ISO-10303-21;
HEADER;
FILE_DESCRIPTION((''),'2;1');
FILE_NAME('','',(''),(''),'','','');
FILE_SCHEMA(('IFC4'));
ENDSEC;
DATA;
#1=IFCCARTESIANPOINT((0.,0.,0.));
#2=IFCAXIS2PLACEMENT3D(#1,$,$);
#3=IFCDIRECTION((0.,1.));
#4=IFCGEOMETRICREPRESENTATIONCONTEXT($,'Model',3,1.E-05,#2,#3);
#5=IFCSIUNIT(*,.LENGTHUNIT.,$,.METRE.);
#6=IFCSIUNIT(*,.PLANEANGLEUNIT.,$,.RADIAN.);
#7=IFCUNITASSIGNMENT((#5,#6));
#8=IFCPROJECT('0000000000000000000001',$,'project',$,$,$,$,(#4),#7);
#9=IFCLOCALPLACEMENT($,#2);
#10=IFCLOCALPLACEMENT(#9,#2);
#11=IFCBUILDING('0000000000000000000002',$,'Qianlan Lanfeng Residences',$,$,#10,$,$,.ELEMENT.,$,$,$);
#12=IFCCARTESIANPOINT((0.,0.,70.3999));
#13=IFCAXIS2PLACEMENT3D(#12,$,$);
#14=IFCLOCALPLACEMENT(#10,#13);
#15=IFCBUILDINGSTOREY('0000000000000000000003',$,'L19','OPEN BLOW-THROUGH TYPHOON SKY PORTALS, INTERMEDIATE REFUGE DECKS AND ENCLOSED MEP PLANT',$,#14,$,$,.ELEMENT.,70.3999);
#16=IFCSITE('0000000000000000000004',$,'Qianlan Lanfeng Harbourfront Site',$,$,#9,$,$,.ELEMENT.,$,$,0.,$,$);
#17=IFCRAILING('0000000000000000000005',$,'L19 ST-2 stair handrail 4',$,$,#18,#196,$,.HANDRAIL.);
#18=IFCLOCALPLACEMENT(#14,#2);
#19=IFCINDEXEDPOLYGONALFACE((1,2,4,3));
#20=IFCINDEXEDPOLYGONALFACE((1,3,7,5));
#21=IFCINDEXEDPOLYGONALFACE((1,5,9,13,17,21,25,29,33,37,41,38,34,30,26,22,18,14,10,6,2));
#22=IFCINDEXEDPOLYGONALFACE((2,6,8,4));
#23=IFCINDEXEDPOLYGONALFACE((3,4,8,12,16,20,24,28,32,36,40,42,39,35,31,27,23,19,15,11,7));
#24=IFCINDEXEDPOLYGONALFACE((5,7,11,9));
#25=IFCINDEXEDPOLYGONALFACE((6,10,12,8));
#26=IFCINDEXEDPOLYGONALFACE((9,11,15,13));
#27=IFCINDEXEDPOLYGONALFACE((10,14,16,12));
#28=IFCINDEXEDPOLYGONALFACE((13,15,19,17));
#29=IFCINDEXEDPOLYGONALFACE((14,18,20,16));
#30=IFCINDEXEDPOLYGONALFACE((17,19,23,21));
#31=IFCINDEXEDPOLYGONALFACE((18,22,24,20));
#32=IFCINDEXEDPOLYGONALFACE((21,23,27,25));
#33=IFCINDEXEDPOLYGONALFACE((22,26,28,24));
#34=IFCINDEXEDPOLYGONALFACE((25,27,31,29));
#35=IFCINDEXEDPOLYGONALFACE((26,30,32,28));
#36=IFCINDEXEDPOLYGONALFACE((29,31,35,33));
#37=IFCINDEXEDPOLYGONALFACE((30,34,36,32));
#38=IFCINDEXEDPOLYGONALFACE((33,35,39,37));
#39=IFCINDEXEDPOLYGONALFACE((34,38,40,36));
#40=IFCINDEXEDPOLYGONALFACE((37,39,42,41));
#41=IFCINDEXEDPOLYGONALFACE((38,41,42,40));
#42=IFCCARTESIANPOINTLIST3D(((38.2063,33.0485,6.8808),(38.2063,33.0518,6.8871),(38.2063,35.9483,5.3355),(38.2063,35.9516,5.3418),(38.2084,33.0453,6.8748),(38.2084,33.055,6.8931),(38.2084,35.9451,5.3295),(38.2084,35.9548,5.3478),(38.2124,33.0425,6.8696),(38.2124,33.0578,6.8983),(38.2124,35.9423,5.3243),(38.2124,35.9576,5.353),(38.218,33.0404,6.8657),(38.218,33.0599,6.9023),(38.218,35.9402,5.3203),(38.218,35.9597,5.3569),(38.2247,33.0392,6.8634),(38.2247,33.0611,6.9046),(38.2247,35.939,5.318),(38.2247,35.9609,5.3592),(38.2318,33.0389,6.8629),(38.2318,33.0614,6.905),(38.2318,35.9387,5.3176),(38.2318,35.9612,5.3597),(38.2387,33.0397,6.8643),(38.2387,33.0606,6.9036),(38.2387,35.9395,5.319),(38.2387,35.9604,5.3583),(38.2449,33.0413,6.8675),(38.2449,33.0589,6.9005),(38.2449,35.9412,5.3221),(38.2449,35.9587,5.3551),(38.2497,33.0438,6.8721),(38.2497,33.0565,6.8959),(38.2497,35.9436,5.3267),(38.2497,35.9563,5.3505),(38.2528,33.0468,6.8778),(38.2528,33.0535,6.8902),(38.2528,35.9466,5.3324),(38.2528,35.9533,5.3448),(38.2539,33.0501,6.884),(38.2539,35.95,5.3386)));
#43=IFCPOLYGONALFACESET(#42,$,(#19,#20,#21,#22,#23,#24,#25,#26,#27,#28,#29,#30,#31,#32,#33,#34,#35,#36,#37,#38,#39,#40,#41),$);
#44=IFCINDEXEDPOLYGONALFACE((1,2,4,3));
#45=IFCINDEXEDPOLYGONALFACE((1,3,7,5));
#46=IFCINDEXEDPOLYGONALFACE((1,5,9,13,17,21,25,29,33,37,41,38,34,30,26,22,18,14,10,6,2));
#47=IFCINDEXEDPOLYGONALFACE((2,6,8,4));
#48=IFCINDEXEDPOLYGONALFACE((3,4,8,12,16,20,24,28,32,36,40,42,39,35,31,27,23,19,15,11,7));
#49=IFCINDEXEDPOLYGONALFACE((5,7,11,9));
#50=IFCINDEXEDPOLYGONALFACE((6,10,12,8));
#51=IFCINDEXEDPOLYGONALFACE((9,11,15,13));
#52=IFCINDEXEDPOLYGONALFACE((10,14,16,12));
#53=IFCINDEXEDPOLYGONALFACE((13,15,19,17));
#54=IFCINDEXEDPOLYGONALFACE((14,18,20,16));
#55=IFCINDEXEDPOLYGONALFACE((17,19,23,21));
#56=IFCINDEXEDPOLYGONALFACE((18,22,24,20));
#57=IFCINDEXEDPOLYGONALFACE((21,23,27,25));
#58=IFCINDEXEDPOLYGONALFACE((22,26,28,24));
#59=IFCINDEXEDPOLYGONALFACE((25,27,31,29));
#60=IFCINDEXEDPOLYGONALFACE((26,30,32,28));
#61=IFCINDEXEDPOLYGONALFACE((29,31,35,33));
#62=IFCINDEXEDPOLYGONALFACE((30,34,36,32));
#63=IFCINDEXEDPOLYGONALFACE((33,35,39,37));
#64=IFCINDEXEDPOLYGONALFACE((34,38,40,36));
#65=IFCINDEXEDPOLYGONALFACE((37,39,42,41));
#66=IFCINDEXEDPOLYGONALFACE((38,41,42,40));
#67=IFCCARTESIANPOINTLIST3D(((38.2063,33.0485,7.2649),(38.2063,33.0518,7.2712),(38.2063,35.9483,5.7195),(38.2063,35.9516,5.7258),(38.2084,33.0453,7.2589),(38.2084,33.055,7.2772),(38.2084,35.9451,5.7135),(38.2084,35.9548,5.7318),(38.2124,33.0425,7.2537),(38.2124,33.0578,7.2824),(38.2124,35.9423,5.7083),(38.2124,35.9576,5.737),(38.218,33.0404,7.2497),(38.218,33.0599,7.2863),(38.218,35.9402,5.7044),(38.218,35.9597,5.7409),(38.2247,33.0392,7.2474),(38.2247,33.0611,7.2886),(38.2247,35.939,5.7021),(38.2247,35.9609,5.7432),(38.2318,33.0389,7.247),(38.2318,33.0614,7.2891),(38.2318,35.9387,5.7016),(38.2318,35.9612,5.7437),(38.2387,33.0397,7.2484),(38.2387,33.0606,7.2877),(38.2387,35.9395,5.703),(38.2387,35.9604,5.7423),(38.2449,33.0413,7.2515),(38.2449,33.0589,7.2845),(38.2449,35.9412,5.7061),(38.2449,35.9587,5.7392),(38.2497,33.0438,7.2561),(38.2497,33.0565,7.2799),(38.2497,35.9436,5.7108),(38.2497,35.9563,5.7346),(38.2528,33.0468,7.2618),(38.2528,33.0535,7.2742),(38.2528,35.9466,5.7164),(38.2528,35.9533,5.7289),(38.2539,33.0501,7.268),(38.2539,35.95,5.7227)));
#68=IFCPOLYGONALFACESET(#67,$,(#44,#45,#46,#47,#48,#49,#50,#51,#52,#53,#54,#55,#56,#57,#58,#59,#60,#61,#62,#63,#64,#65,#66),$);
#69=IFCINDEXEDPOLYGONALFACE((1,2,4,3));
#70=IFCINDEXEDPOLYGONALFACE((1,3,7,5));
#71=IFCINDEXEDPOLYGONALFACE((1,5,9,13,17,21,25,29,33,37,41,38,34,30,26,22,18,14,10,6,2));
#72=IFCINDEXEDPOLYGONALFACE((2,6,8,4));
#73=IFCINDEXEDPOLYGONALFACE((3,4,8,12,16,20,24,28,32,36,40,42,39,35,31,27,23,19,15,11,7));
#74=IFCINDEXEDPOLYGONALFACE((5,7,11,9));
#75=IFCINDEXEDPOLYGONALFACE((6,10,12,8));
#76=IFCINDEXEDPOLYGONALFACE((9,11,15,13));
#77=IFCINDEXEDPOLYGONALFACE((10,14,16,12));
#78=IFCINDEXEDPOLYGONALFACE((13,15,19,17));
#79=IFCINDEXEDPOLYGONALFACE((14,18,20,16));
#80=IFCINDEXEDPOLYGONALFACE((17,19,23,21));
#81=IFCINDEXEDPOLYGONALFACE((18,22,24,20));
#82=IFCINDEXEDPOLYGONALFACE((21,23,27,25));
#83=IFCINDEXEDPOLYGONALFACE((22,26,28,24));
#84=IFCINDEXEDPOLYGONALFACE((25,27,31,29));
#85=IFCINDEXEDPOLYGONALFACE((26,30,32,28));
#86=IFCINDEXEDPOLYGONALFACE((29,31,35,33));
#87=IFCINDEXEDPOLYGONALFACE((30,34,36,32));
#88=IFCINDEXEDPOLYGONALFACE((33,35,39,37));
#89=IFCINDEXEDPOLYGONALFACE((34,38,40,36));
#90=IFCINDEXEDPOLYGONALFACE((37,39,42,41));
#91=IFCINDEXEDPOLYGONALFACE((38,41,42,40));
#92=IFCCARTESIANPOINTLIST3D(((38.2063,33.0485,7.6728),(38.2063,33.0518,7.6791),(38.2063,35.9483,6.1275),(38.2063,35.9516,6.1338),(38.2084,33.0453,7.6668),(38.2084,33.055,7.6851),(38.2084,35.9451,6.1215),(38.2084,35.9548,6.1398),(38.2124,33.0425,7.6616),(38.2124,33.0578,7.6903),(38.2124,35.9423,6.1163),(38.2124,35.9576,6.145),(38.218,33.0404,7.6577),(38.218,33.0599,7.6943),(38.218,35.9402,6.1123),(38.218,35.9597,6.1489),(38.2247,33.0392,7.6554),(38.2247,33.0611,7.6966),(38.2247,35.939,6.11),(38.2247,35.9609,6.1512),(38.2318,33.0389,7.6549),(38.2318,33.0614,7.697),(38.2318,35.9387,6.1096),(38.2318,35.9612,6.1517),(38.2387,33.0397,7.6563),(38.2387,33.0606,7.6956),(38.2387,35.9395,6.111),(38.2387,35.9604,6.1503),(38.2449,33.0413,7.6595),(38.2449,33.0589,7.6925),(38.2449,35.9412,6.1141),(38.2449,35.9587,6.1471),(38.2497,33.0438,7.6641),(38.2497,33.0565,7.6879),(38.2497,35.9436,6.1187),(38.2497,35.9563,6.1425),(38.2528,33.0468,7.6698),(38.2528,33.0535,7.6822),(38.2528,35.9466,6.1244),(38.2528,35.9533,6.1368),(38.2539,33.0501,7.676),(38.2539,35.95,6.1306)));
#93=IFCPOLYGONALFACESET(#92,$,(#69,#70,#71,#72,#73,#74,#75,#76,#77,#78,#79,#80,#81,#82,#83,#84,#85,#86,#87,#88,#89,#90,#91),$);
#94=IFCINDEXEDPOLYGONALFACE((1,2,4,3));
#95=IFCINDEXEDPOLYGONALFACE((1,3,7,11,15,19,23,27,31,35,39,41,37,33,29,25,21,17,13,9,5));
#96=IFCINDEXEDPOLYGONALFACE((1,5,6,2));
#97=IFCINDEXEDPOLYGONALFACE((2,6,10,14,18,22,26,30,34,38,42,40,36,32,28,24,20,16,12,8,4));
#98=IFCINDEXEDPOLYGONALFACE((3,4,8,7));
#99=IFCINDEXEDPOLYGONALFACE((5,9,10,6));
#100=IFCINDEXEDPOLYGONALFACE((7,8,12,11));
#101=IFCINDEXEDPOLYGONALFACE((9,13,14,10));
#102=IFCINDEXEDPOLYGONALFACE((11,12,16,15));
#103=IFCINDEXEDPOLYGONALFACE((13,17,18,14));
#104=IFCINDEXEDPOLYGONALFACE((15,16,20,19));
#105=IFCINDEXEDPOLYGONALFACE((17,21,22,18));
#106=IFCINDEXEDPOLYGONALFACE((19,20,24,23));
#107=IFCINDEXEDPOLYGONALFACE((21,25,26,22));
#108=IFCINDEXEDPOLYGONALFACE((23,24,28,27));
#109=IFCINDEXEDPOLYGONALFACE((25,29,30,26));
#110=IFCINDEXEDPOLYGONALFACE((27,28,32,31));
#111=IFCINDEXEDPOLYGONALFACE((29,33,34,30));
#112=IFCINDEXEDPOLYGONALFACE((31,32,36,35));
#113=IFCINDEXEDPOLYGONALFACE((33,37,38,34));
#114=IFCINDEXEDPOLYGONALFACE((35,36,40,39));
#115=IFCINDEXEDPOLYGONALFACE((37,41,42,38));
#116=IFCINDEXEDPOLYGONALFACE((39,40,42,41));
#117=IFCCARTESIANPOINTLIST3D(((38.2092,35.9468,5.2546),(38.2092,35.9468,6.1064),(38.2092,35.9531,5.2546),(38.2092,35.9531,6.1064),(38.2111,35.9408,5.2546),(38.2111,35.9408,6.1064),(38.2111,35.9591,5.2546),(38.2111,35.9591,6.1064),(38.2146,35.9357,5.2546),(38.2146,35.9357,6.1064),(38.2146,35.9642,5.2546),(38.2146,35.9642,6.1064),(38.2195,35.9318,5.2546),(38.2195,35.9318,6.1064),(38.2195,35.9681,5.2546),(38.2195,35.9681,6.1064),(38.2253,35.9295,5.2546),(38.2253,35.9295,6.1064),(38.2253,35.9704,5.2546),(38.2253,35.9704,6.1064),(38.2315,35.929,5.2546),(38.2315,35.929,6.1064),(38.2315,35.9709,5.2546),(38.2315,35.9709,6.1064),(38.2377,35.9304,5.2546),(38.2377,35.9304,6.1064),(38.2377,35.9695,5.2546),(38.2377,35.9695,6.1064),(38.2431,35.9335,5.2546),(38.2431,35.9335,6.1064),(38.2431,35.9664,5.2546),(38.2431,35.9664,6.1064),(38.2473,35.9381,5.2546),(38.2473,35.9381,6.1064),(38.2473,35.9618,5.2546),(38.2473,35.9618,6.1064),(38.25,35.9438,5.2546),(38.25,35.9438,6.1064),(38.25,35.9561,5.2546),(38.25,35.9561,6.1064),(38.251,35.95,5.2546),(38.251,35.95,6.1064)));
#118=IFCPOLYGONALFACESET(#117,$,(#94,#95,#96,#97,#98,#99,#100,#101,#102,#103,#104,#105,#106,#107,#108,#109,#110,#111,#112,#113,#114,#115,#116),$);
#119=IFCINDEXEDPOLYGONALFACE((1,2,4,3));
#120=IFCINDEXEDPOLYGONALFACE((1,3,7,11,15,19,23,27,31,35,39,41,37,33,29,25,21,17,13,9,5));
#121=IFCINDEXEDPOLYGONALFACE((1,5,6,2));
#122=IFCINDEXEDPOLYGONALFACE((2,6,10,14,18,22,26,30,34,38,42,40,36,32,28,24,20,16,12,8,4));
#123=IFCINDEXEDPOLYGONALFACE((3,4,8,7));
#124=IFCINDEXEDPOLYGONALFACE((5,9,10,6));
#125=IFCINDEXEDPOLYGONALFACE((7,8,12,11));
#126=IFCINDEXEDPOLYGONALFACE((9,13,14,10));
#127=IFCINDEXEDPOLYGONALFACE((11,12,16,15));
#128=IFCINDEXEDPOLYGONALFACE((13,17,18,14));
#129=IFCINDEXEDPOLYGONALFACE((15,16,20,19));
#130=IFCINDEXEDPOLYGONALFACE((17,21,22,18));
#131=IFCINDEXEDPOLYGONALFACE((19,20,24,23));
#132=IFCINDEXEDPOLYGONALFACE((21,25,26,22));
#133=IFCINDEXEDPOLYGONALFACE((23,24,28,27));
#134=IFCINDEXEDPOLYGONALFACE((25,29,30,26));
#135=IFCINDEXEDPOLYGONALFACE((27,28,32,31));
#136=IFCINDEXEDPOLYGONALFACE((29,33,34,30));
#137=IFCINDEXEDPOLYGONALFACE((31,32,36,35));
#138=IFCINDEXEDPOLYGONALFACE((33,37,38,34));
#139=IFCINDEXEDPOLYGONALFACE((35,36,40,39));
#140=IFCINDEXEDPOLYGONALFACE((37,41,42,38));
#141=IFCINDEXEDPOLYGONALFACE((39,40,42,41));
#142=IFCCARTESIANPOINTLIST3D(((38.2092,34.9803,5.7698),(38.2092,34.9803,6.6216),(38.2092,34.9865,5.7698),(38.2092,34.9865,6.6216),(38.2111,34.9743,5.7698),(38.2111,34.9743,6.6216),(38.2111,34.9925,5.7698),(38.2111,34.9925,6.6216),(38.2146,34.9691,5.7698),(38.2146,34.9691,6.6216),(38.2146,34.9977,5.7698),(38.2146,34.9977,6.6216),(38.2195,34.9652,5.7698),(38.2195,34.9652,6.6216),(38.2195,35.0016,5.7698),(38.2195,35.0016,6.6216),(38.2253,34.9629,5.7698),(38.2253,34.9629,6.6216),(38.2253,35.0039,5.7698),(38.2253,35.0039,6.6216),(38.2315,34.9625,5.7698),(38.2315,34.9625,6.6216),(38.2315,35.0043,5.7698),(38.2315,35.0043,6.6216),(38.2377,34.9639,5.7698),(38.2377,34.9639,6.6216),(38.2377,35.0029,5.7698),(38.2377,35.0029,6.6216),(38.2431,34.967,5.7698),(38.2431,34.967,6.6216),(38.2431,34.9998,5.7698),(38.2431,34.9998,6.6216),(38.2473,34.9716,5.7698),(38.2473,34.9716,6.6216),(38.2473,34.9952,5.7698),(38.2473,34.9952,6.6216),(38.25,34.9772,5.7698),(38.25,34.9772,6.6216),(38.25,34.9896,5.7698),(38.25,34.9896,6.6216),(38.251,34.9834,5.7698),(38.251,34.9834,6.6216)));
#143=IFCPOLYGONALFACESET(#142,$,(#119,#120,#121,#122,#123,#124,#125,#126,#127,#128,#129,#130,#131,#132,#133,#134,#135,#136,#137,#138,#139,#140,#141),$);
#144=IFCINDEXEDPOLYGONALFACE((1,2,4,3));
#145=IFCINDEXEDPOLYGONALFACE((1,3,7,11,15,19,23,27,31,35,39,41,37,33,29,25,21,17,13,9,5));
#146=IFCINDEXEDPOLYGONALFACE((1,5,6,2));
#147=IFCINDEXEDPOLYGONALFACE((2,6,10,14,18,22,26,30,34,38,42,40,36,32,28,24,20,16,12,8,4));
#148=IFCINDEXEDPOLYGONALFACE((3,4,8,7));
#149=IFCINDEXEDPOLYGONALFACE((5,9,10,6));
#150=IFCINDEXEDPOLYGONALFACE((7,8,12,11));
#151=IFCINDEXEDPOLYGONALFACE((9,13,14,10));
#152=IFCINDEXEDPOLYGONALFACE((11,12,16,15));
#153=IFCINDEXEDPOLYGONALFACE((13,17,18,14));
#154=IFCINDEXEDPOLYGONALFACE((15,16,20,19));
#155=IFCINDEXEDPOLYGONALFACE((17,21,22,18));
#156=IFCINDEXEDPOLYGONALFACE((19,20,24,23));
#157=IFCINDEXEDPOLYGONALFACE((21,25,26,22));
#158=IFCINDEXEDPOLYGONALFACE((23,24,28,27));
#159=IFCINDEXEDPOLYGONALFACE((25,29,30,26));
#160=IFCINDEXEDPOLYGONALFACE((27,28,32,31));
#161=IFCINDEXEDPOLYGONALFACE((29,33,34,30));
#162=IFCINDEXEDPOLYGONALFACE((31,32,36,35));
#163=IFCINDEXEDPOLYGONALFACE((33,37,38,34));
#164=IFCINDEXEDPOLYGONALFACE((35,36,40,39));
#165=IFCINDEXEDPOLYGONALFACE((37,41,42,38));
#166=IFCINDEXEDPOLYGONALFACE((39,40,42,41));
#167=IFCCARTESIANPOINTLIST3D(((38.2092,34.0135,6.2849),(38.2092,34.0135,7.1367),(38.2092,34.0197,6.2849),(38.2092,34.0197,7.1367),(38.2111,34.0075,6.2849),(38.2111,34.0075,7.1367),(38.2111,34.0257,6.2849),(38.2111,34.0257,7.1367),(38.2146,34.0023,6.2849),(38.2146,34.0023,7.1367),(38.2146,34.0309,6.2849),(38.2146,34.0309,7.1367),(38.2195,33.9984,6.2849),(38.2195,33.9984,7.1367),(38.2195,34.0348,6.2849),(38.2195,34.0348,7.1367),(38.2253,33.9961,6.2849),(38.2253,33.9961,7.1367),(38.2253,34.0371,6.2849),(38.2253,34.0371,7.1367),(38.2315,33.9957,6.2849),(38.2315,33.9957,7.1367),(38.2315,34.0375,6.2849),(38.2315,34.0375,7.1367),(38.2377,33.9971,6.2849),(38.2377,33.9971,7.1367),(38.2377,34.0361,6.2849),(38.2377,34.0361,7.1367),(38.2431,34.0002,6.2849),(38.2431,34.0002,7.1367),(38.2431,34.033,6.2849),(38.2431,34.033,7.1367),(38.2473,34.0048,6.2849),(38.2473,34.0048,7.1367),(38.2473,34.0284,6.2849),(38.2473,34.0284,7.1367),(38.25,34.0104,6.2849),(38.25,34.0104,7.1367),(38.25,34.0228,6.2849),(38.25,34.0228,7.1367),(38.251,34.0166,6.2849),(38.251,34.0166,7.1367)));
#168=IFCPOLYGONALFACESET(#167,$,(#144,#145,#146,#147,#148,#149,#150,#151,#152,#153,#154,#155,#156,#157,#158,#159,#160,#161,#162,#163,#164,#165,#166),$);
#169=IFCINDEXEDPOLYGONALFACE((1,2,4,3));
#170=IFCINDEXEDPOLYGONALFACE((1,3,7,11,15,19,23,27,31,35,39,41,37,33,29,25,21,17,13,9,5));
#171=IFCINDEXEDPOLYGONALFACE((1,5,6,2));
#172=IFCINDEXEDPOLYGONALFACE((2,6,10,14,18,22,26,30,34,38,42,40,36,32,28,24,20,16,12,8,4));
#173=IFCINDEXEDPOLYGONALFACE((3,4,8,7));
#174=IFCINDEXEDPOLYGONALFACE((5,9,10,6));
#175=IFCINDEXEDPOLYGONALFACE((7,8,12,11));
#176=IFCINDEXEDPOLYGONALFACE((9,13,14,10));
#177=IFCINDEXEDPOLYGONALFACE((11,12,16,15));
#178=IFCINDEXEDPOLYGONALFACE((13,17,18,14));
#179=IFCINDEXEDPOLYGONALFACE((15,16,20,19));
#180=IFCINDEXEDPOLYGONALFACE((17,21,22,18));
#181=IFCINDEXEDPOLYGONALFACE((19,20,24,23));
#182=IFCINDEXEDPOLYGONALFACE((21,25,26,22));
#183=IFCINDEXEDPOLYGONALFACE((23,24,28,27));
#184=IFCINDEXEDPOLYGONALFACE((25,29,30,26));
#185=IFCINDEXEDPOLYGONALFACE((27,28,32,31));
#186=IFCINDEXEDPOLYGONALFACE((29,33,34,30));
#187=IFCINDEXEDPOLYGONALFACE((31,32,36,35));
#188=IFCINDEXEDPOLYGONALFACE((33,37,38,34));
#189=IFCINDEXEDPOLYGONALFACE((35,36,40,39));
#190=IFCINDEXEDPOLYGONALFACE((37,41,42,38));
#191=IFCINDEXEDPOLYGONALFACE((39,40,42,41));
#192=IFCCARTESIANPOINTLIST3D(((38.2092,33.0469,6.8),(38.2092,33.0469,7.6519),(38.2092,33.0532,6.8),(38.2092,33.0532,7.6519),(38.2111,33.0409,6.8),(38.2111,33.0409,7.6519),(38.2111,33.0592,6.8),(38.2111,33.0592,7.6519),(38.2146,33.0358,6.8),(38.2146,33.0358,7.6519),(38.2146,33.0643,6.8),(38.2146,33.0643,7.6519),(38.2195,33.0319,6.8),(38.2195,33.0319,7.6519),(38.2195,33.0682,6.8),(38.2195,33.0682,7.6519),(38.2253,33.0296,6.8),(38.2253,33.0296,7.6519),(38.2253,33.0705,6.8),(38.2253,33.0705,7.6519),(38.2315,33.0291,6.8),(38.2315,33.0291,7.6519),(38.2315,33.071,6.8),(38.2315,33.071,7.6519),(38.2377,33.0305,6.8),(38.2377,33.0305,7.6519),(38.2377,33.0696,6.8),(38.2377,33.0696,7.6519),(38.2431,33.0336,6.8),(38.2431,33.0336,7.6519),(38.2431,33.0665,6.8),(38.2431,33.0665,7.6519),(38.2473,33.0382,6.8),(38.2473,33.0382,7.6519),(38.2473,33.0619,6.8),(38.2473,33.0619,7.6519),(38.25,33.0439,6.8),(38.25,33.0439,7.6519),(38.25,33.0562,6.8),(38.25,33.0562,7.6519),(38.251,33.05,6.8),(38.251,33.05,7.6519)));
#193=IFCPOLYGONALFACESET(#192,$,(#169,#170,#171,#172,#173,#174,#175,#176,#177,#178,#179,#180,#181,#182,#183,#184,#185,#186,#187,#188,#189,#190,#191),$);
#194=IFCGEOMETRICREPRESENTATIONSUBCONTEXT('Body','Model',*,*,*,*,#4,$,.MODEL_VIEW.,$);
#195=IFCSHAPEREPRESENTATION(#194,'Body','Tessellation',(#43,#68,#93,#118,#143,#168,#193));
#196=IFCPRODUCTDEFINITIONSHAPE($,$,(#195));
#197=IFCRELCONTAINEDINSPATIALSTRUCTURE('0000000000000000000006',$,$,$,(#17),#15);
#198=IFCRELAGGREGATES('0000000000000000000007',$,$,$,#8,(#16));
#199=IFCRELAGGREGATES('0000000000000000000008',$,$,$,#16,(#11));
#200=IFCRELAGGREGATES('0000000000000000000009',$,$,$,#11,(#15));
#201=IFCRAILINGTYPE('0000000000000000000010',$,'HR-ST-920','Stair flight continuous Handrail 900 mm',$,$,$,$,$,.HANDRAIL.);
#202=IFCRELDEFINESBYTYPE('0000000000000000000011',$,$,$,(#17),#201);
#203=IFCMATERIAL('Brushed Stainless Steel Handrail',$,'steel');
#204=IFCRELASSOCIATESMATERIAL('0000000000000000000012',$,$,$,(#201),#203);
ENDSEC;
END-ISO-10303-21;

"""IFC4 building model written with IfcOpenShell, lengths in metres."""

from ifc_helpers import new_model, si_unit, direction, frame, origin, origin_2d, place, context, subcontext, project, spatial, circle, extrude, material, type_object, element, save


model = new_model("IFC4")

# Units and contexts
model_context = context("Model", 3, precision=1e-05, world=origin(), true_north=direction((0.0, 1.0)))
body_context = subcontext(model_context, "Body", "Model", "MODEL_VIEW")
ifc_project = project(units=[si_unit("LENGTHUNIT", "METRE"), si_unit("PLANEANGLEUNIT", "RADIAN")], contexts=[model_context])

# Site, building, storey
site_placement = place(None, origin())
site = spatial("IfcSite", under=ifc_project, at=site_placement, Name="Qianlan Lanfeng Harbourfront Site", CompositionType="ELEMENT", RefElevation=0.0)
building_placement = place(site_placement, origin())
building = spatial("IfcBuilding", under=site, at=building_placement, Name="Qianlan Lanfeng Residences", CompositionType="ELEMENT")
storey_placement = place(building_placement, frame((0.0, 0.0, 70.3999)))
storey = spatial("IfcBuildingStorey", under=building, at=storey_placement, Name="L19", Description="OPEN BLOW-THROUGH TYPHOON SKY PORTALS, INTERMEDIATE REFUGE DECKS AND ENCLOSED MEP PLANT", CompositionType="ELEMENT", Elevation=70.3999)

# Railing
ifc_material_1 = material(Name="Brushed Stainless Steel Handrail", Category="steel")
railing_type_1 = type_object("IfcRailingType", Name="HR-ST-920", Description="Stair flight continuous Handrail 900 mm", PredefinedType="HANDRAIL", material=ifc_material_1)
for number, where, name in (
    (1, (38.23, 35.95, 5.2546), "L19 ST-2 stair handrail 4"),
):
    element("IfcRailing", number, at=place(storey_placement, frame(where)), inside=storey, type_object=railing_type_1, Name=name, PredefinedType="HANDRAIL", context=body_context, shape_type="SweptSolid", body=[
        extrude(circle(Radius=0.0239, at=origin_2d()), frame((0.0, 0.0, 0.084), z_axis=(0.0, -0.882505, 0.470303), x_axis=(1.0, 0.0, 0.0)), (0.0, 0.0, 1.0), 3.2859),
        extrude(circle(Radius=0.0239, at=origin_2d()), frame((0.0, 0.0, 0.468), z_axis=(0.0, -0.882505, 0.470303), x_axis=(1.0, 0.0, 0.0)), (0.0, 0.0, 1.0), 3.2859),
        extrude(circle(Radius=0.0239, at=origin_2d()), frame((0.0, 0.0, 0.876), z_axis=(0.0, -0.882505, 0.470303), x_axis=(1.0, 0.0, 0.0)), (0.0, 0.0, 1.0), 3.2859),
        extrude(circle(Radius=0.021, at=origin_2d()), origin(), (0.0, 0.0, 1.0), 0.8518),
        extrude(circle(Radius=0.021, at=origin_2d()), frame((0.0, -0.9666, 0.5151)), (0.0, 0.0, 1.0), 0.8518),
        extrude(circle(Radius=0.021, at=origin_2d()), frame((0.0, -1.9333, 1.0303)), (0.0, 0.0, 1.0), 0.8518),
        extrude(circle(Radius=0.021, at=origin_2d()), frame((0.0, -2.8999, 1.5454)), (0.0, 0.0, 1.0), 0.8518),
    ])

save(model, "model.ifc")
